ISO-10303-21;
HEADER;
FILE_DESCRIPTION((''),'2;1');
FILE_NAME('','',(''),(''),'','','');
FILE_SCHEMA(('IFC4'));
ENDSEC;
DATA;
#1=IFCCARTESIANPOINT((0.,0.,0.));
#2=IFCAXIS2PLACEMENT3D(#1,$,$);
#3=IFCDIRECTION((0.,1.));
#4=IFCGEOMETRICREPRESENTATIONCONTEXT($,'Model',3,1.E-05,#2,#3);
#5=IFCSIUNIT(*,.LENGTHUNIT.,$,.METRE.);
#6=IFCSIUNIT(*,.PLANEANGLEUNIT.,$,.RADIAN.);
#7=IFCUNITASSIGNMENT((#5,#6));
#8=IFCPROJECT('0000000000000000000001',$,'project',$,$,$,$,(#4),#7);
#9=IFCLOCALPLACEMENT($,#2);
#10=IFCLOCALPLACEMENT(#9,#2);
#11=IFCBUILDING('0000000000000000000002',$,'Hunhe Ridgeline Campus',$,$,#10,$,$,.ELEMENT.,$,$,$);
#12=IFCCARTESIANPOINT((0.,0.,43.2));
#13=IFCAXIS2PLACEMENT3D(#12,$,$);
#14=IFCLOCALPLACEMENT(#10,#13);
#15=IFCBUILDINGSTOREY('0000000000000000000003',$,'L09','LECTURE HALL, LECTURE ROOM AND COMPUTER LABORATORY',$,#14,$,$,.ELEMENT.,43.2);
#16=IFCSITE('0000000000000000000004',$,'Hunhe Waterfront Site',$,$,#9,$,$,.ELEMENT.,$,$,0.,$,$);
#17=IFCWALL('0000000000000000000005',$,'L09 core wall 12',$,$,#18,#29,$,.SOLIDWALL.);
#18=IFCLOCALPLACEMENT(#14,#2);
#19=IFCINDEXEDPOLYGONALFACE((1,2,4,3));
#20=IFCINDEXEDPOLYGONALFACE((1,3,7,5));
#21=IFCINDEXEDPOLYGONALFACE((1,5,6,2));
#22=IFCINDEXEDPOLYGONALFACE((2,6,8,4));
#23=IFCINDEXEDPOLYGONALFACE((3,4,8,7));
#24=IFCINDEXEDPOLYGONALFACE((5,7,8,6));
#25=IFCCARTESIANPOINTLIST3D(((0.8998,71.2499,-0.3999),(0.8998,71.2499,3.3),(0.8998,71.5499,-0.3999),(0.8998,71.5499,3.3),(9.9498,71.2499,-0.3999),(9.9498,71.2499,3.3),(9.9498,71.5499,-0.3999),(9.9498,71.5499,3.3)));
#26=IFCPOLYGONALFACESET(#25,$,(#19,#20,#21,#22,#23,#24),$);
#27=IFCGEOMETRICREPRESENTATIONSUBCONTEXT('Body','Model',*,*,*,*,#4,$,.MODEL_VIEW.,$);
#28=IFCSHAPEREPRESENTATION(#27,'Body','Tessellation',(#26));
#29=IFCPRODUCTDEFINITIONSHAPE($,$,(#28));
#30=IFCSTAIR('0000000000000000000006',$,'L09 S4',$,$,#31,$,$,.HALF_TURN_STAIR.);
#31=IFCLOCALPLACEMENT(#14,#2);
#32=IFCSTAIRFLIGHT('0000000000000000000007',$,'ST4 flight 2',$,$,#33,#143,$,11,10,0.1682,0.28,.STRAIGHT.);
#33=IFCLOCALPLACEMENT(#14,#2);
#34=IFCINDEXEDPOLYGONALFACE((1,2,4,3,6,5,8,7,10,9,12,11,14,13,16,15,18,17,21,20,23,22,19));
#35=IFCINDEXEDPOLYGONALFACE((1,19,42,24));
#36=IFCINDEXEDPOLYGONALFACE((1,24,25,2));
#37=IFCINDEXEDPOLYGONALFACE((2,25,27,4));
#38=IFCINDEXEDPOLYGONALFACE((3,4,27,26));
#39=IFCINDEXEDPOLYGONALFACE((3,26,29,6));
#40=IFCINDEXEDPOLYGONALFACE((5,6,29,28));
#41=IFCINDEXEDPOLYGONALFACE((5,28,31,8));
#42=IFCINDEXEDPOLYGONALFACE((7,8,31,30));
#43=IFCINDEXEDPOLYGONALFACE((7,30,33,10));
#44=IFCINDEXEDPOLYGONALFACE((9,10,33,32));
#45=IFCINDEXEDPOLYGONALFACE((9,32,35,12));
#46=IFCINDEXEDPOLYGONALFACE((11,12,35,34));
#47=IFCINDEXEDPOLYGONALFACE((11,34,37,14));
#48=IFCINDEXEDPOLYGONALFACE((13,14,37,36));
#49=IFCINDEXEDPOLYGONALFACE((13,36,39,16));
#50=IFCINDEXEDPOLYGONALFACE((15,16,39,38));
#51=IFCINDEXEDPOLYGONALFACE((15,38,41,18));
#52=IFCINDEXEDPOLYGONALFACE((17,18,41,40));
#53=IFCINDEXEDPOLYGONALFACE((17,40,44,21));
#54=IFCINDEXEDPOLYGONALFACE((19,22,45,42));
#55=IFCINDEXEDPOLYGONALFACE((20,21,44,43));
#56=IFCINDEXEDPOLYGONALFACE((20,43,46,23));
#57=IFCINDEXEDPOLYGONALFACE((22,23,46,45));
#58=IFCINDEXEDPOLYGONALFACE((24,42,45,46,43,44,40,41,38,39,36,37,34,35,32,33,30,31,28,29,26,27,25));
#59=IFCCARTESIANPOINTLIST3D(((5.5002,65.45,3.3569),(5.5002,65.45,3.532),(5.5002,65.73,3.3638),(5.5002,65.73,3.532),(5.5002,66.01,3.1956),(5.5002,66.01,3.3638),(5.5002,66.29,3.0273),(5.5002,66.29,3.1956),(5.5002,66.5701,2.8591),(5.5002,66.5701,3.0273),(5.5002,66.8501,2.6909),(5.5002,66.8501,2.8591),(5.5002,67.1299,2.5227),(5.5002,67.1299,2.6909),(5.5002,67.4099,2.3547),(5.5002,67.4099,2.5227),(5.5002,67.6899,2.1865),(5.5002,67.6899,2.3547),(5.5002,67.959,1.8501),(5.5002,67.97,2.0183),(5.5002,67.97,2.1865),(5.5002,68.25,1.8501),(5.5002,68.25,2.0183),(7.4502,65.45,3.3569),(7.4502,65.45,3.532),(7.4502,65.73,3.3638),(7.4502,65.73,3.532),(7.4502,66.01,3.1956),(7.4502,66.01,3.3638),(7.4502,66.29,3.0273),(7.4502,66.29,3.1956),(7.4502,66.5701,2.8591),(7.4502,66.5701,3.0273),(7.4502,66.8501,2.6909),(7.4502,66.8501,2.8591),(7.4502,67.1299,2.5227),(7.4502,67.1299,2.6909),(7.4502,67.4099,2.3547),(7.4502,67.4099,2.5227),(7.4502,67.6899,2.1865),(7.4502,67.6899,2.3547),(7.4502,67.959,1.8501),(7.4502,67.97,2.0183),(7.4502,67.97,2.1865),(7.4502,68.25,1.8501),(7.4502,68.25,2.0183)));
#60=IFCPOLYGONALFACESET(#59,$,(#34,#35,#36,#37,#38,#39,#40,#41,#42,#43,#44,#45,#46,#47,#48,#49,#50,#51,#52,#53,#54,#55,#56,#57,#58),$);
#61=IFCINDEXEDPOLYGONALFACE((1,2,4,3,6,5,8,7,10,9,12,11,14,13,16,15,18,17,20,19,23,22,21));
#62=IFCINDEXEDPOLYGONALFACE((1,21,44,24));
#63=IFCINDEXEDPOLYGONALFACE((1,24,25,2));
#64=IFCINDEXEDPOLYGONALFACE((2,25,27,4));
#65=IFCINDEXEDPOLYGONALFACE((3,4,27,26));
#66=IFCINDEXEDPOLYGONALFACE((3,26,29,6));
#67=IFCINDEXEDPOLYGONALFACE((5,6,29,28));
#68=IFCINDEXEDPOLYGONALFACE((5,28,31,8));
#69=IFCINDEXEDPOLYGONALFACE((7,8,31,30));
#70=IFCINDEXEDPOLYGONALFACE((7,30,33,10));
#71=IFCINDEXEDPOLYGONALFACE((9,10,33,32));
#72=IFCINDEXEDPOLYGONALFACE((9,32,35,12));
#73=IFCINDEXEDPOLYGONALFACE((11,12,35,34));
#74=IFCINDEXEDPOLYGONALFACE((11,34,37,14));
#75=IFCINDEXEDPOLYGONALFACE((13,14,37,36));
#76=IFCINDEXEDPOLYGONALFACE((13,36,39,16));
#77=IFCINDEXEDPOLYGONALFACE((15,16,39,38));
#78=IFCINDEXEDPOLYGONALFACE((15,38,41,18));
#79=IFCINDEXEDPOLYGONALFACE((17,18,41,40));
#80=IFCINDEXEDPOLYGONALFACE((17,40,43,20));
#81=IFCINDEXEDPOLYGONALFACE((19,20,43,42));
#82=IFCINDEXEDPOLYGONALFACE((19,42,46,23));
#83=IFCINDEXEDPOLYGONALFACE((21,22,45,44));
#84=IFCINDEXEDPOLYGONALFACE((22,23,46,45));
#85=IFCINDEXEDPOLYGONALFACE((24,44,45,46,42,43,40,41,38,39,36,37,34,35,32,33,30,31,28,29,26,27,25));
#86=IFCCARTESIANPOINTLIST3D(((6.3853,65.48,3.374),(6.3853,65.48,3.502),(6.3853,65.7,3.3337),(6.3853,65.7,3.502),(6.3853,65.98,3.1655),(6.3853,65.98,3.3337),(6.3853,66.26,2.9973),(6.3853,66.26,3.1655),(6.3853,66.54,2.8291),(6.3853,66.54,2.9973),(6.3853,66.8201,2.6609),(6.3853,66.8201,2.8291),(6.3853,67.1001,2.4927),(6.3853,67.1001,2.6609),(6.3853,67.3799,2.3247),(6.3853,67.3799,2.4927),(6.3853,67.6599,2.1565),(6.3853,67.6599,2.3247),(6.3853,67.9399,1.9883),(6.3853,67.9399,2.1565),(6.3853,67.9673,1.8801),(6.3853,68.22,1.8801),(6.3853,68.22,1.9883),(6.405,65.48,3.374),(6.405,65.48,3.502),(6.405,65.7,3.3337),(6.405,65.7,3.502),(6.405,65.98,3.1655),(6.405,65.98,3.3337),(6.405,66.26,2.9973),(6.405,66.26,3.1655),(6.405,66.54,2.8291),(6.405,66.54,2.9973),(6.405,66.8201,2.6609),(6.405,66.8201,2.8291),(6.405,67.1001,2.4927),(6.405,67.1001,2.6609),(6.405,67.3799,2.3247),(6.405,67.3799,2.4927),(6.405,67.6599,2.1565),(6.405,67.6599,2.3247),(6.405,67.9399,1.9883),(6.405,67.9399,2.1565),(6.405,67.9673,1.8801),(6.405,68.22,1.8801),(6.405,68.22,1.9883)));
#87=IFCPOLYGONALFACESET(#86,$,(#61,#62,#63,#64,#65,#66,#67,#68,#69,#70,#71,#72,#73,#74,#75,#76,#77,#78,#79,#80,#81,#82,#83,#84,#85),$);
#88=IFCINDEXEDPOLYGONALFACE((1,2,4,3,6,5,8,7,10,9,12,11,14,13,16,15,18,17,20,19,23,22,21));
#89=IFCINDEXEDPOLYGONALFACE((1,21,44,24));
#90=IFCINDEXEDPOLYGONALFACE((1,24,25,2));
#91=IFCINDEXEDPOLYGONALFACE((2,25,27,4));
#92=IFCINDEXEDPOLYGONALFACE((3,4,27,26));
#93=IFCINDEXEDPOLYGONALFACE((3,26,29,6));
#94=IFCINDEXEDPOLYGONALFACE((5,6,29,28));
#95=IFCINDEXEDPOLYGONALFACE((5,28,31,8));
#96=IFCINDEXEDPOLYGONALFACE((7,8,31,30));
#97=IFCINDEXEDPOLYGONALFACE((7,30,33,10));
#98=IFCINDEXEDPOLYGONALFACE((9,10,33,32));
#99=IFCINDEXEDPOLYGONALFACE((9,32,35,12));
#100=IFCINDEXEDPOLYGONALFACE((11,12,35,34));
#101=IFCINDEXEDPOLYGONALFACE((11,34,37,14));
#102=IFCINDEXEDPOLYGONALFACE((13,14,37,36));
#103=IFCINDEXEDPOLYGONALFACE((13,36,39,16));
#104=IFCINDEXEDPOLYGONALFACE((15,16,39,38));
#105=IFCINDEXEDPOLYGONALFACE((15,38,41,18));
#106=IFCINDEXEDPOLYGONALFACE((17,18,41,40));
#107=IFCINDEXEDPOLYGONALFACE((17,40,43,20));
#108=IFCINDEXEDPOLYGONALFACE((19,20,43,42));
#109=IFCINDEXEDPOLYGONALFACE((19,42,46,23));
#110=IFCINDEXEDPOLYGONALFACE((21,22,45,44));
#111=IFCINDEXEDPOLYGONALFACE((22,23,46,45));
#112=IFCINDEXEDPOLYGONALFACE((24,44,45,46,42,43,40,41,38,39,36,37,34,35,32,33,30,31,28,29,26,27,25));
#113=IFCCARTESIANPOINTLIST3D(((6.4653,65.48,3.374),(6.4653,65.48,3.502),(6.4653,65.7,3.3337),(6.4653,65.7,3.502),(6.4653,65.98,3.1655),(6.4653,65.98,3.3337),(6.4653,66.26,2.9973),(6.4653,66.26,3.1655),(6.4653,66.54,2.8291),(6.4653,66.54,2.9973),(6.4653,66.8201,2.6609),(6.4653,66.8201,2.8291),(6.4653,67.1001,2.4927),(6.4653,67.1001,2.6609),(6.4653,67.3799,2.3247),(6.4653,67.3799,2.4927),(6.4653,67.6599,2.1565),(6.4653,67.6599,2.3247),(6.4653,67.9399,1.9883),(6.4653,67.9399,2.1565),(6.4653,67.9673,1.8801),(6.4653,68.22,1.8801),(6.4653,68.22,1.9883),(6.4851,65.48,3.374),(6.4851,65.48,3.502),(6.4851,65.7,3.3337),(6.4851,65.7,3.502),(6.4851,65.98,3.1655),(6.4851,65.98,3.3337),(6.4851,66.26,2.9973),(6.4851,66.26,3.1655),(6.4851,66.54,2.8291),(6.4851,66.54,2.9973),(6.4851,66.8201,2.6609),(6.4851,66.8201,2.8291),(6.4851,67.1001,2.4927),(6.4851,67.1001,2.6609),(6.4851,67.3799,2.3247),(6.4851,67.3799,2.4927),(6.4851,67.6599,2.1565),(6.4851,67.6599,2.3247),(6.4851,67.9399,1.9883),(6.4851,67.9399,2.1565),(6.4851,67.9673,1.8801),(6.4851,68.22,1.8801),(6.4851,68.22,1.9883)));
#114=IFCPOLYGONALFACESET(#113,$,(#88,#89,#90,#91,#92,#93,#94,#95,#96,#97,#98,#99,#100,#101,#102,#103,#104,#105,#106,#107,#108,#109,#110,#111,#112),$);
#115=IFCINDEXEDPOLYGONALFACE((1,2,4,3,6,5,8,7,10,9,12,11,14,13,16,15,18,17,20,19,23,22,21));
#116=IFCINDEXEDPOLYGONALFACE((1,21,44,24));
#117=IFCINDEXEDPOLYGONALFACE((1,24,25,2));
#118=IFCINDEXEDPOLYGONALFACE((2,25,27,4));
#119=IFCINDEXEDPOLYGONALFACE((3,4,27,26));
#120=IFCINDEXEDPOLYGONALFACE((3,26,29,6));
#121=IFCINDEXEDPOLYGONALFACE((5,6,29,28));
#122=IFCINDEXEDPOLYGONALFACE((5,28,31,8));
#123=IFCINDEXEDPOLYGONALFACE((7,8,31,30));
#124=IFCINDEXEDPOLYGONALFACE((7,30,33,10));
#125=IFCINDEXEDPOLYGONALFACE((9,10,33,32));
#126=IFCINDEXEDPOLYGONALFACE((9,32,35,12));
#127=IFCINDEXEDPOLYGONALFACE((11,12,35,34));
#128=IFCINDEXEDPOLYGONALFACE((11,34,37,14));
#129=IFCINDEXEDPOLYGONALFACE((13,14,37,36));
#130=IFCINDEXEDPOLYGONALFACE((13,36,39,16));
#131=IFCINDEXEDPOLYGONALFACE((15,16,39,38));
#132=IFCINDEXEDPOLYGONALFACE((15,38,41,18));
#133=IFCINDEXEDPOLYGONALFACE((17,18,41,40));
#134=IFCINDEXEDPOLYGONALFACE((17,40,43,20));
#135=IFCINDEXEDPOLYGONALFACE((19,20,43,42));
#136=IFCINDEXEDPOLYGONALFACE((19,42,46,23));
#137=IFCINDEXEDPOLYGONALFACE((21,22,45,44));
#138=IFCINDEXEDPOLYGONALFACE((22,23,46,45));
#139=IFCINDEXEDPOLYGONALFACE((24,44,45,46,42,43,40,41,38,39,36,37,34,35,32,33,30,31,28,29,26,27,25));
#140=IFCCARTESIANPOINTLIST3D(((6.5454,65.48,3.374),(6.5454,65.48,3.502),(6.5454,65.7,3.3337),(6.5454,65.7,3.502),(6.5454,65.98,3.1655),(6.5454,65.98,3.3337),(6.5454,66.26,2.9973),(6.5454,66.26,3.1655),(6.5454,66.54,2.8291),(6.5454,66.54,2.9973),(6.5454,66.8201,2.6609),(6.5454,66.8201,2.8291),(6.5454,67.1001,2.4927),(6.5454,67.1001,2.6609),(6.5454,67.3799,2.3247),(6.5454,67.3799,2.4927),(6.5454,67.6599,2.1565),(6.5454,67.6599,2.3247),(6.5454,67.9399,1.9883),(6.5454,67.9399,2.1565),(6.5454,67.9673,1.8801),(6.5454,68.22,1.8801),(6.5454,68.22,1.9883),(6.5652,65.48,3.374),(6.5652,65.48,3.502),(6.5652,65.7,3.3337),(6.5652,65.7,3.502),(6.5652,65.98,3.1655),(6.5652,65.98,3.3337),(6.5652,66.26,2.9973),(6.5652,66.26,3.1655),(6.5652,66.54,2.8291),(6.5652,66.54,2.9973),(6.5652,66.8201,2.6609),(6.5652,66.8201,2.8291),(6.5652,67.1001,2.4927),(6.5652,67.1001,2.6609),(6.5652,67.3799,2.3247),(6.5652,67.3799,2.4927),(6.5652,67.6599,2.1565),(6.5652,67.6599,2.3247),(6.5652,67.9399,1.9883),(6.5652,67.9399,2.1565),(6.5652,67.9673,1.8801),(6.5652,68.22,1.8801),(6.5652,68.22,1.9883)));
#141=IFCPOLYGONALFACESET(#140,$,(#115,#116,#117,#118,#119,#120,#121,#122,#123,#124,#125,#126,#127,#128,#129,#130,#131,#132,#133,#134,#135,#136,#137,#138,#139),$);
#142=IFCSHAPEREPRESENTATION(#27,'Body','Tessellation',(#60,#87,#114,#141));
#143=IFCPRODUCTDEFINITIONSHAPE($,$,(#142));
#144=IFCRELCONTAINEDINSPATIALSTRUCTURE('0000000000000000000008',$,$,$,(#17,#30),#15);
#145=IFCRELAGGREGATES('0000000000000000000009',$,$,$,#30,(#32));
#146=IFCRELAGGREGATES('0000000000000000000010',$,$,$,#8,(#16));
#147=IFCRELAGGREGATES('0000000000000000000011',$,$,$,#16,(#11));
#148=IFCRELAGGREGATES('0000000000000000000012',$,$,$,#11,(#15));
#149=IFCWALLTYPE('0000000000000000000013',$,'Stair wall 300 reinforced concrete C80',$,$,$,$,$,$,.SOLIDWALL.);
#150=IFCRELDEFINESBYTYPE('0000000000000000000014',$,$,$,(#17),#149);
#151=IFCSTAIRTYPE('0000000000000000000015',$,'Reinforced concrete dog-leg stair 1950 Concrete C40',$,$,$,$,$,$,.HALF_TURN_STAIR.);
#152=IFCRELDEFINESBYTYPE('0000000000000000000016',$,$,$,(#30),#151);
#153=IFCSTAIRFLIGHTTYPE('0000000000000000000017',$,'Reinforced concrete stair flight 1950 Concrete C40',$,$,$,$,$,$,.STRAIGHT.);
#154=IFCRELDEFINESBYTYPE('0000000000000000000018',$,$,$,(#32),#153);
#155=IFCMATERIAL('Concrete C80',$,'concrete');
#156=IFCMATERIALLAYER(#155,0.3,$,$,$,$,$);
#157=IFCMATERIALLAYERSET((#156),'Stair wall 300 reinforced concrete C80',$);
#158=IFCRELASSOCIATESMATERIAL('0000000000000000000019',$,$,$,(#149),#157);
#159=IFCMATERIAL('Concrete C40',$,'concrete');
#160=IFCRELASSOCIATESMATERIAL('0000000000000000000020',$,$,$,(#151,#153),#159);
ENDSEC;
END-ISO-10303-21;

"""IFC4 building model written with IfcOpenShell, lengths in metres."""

from ifc_helpers import new_model, si_unit, direction, frame, frame_2d, origin, place, context, subcontext, project, spatial, polyline, rectangle, outline, extrude, material, layer, layer_set, type_object, element, aggregate, save


model = new_model("IFC4")

# Units and contexts
model_context = context("Model", 3, precision=1e-05, world=origin(), true_north=direction((0.0, 1.0)))
body_context = subcontext(model_context, "Body", "Model", "MODEL_VIEW")
ifc_project = project(units=[si_unit("LENGTHUNIT", "METRE"), si_unit("PLANEANGLEUNIT", "RADIAN")], contexts=[model_context])

# Site, building, storey
site_placement = place(None, origin())
site = spatial("IfcSite", under=ifc_project, at=site_placement, Name="Hunhe Waterfront Site", CompositionType="ELEMENT", RefElevation=0.0)
building_placement = place(site_placement, origin())
building = spatial("IfcBuilding", under=site, at=building_placement, Name="Hunhe Ridgeline Campus", CompositionType="ELEMENT")
storey_placement = place(building_placement, frame((0.0, 0.0, 43.2)))
storey = spatial("IfcBuildingStorey", under=building, at=storey_placement, Name="L09", Description="LECTURE HALL, LECTURE ROOM AND COMPUTER LABORATORY", CompositionType="ELEMENT", Elevation=43.2)

# Wall
ifc_material_1 = material(Name="Concrete C80", Category="concrete")
ifc_layer_1 = layer(ifc_material_1, 0.3)
ifc_layer_set_1 = layer_set([ifc_layer_1], Name="Stair wall 300 reinforced concrete C80")
wall_type_1 = type_object("IfcWallType", Name="Stair wall 300 reinforced concrete C80", PredefinedType="SOLIDWALL", material=ifc_layer_set_1)
wall_1_placement = place(storey_placement, frame((0.8999, 71.3999, -0.3999), z_axis=(0.0, 0.0, 1.0), x_axis=(1.0, 0.0, 0.0)))
element("IfcWall", 1, at=wall_1_placement, inside=storey, type_object=wall_type_1, Name="L09 core wall 12", PredefinedType="SOLIDWALL", context=body_context, shape_type="SweptSolid", body=[
    extrude(rectangle(XDim=9.05, YDim=0.3, at=frame_2d((4.5249, 0.0))), origin(), (0.0, 0.0, 1.0), 3.7),
])

# Stair, stair flight
ifc_material_2 = material(Name="Concrete C40", Category="concrete")
stair_type = type_object("IfcStairType", Name="Reinforced concrete dog-leg stair 1950 Concrete C40", PredefinedType="HALF_TURN_STAIR", material=ifc_material_2)
stair_placement = place(storey_placement, origin())
stair = element("IfcStair", 2, at=stair_placement, inside=storey, type_object=stair_type, Name="L09 S4", PredefinedType="HALF_TURN_STAIR")
stair_flight_type = type_object("IfcStairFlightType", Name="Reinforced concrete stair flight 1950 Concrete C40", PredefinedType="STRAIGHT", material=ifc_material_2)
stair_flight_placement = place(storey_placement, frame((6.4751, 68.25, 1.8501), z_axis=(0.0, 0.0, 1.0), x_axis=(0.0, -1.0, 0.0)))
stair_flight = element("IfcStairFlight", 3, at=stair_flight_placement, type_object=stair_flight_type, Name="ST4 flight 2", NumberOfRisers=11, NumberOfTreads=10, PredefinedType="STRAIGHT", RiserHeight=0.1682, TreadLength=0.28, context=body_context, shape_type="SweptSolid", body=[
    extrude(outline(polyline([(0.0, 0.0), (0.0, 0.1682), (0.28, 0.1682), (0.28, 0.3364), (0.5601, 0.3364), (0.5601, 0.5046), (0.8401, 0.5046), (0.8401, 0.6726), (1.1201, 0.6726), (1.1201, 0.8408), (1.3999, 0.8408), (1.3999, 1.009), (1.6799, 1.009), (1.6799, 1.1772), (1.96, 1.1772), (1.96, 1.3455), (2.24, 1.3455), (2.24, 1.5137), (2.52, 1.5137), (2.52, 1.6819), (2.8, 1.6819), (2.8, 1.8501), (2.8, 1.5068), (0.291, 0.0), (0.0, 0.0)])), frame((0.0, 0.9751, 0.0), z_axis=(0.0, -1.0, 0.0), x_axis=(1.0, 0.0, 0.0)), (0.0, 0.0, 1.0), 1.95),
    extrude(outline(polyline([(0.03, 0.03), (0.03, 0.1382), (0.3101, 0.1382), (0.3101, 0.3064), (0.5901, 0.3064), (0.5901, 0.4746), (0.8701, 0.4746), (0.8701, 0.6426), (1.1499, 0.6426), (1.1499, 0.8108), (1.4299, 0.8108), (1.4299, 0.979), (1.71, 0.979), (1.71, 1.1472), (1.99, 1.1472), (1.99, 1.3154), (2.27, 1.3154), (2.27, 1.4836), (2.55, 1.4836), (2.55, 1.6519), (2.77, 1.6519), (2.77, 1.5239), (0.2827, 0.03), (0.03, 0.03)])), frame((0.0, -0.0701, 0.0), z_axis=(0.0, -1.0, 0.0), x_axis=(1.0, 0.0, 0.0)), (0.0, 0.0, 1.0), 0.0198),
    extrude(outline(polyline([(0.03, 0.03), (0.03, 0.1382), (0.3101, 0.1382), (0.3101, 0.3064), (0.5901, 0.3064), (0.5901, 0.4746), (0.8701, 0.4746), (0.8701, 0.6426), (1.1499, 0.6426), (1.1499, 0.8108), (1.4299, 0.8108), (1.4299, 0.979), (1.71, 0.979), (1.71, 1.1472), (1.99, 1.1472), (1.99, 1.3154), (2.27, 1.3154), (2.27, 1.4836), (2.55, 1.4836), (2.55, 1.6519), (2.77, 1.6519), (2.77, 1.5239), (0.2827, 0.03), (0.03, 0.03)])), frame((0.0, 0.01, 0.0), z_axis=(0.0, -1.0, 0.0), x_axis=(1.0, 0.0, 0.0)), (0.0, 0.0, 1.0), 0.0198),
    extrude(outline(polyline([(0.03, 0.03), (0.03, 0.1382), (0.3101, 0.1382), (0.3101, 0.3064), (0.5901, 0.3064), (0.5901, 0.4746), (0.8701, 0.4746), (0.8701, 0.6426), (1.1499, 0.6426), (1.1499, 0.8108), (1.4299, 0.8108), (1.4299, 0.979), (1.71, 0.979), (1.71, 1.1472), (1.99, 1.1472), (1.99, 1.3154), (2.27, 1.3154), (2.27, 1.4836), (2.55, 1.4836), (2.55, 1.6519), (2.77, 1.6519), (2.77, 1.5239), (0.2827, 0.03), (0.03, 0.03)])), frame((0.0, 0.0901, 0.0), z_axis=(0.0, -1.0, 0.0), x_axis=(1.0, 0.0, 0.0)), (0.0, 0.0, 1.0), 0.0198),
])
aggregate(stair, [stair_flight])

save(model, "model.ifc")
